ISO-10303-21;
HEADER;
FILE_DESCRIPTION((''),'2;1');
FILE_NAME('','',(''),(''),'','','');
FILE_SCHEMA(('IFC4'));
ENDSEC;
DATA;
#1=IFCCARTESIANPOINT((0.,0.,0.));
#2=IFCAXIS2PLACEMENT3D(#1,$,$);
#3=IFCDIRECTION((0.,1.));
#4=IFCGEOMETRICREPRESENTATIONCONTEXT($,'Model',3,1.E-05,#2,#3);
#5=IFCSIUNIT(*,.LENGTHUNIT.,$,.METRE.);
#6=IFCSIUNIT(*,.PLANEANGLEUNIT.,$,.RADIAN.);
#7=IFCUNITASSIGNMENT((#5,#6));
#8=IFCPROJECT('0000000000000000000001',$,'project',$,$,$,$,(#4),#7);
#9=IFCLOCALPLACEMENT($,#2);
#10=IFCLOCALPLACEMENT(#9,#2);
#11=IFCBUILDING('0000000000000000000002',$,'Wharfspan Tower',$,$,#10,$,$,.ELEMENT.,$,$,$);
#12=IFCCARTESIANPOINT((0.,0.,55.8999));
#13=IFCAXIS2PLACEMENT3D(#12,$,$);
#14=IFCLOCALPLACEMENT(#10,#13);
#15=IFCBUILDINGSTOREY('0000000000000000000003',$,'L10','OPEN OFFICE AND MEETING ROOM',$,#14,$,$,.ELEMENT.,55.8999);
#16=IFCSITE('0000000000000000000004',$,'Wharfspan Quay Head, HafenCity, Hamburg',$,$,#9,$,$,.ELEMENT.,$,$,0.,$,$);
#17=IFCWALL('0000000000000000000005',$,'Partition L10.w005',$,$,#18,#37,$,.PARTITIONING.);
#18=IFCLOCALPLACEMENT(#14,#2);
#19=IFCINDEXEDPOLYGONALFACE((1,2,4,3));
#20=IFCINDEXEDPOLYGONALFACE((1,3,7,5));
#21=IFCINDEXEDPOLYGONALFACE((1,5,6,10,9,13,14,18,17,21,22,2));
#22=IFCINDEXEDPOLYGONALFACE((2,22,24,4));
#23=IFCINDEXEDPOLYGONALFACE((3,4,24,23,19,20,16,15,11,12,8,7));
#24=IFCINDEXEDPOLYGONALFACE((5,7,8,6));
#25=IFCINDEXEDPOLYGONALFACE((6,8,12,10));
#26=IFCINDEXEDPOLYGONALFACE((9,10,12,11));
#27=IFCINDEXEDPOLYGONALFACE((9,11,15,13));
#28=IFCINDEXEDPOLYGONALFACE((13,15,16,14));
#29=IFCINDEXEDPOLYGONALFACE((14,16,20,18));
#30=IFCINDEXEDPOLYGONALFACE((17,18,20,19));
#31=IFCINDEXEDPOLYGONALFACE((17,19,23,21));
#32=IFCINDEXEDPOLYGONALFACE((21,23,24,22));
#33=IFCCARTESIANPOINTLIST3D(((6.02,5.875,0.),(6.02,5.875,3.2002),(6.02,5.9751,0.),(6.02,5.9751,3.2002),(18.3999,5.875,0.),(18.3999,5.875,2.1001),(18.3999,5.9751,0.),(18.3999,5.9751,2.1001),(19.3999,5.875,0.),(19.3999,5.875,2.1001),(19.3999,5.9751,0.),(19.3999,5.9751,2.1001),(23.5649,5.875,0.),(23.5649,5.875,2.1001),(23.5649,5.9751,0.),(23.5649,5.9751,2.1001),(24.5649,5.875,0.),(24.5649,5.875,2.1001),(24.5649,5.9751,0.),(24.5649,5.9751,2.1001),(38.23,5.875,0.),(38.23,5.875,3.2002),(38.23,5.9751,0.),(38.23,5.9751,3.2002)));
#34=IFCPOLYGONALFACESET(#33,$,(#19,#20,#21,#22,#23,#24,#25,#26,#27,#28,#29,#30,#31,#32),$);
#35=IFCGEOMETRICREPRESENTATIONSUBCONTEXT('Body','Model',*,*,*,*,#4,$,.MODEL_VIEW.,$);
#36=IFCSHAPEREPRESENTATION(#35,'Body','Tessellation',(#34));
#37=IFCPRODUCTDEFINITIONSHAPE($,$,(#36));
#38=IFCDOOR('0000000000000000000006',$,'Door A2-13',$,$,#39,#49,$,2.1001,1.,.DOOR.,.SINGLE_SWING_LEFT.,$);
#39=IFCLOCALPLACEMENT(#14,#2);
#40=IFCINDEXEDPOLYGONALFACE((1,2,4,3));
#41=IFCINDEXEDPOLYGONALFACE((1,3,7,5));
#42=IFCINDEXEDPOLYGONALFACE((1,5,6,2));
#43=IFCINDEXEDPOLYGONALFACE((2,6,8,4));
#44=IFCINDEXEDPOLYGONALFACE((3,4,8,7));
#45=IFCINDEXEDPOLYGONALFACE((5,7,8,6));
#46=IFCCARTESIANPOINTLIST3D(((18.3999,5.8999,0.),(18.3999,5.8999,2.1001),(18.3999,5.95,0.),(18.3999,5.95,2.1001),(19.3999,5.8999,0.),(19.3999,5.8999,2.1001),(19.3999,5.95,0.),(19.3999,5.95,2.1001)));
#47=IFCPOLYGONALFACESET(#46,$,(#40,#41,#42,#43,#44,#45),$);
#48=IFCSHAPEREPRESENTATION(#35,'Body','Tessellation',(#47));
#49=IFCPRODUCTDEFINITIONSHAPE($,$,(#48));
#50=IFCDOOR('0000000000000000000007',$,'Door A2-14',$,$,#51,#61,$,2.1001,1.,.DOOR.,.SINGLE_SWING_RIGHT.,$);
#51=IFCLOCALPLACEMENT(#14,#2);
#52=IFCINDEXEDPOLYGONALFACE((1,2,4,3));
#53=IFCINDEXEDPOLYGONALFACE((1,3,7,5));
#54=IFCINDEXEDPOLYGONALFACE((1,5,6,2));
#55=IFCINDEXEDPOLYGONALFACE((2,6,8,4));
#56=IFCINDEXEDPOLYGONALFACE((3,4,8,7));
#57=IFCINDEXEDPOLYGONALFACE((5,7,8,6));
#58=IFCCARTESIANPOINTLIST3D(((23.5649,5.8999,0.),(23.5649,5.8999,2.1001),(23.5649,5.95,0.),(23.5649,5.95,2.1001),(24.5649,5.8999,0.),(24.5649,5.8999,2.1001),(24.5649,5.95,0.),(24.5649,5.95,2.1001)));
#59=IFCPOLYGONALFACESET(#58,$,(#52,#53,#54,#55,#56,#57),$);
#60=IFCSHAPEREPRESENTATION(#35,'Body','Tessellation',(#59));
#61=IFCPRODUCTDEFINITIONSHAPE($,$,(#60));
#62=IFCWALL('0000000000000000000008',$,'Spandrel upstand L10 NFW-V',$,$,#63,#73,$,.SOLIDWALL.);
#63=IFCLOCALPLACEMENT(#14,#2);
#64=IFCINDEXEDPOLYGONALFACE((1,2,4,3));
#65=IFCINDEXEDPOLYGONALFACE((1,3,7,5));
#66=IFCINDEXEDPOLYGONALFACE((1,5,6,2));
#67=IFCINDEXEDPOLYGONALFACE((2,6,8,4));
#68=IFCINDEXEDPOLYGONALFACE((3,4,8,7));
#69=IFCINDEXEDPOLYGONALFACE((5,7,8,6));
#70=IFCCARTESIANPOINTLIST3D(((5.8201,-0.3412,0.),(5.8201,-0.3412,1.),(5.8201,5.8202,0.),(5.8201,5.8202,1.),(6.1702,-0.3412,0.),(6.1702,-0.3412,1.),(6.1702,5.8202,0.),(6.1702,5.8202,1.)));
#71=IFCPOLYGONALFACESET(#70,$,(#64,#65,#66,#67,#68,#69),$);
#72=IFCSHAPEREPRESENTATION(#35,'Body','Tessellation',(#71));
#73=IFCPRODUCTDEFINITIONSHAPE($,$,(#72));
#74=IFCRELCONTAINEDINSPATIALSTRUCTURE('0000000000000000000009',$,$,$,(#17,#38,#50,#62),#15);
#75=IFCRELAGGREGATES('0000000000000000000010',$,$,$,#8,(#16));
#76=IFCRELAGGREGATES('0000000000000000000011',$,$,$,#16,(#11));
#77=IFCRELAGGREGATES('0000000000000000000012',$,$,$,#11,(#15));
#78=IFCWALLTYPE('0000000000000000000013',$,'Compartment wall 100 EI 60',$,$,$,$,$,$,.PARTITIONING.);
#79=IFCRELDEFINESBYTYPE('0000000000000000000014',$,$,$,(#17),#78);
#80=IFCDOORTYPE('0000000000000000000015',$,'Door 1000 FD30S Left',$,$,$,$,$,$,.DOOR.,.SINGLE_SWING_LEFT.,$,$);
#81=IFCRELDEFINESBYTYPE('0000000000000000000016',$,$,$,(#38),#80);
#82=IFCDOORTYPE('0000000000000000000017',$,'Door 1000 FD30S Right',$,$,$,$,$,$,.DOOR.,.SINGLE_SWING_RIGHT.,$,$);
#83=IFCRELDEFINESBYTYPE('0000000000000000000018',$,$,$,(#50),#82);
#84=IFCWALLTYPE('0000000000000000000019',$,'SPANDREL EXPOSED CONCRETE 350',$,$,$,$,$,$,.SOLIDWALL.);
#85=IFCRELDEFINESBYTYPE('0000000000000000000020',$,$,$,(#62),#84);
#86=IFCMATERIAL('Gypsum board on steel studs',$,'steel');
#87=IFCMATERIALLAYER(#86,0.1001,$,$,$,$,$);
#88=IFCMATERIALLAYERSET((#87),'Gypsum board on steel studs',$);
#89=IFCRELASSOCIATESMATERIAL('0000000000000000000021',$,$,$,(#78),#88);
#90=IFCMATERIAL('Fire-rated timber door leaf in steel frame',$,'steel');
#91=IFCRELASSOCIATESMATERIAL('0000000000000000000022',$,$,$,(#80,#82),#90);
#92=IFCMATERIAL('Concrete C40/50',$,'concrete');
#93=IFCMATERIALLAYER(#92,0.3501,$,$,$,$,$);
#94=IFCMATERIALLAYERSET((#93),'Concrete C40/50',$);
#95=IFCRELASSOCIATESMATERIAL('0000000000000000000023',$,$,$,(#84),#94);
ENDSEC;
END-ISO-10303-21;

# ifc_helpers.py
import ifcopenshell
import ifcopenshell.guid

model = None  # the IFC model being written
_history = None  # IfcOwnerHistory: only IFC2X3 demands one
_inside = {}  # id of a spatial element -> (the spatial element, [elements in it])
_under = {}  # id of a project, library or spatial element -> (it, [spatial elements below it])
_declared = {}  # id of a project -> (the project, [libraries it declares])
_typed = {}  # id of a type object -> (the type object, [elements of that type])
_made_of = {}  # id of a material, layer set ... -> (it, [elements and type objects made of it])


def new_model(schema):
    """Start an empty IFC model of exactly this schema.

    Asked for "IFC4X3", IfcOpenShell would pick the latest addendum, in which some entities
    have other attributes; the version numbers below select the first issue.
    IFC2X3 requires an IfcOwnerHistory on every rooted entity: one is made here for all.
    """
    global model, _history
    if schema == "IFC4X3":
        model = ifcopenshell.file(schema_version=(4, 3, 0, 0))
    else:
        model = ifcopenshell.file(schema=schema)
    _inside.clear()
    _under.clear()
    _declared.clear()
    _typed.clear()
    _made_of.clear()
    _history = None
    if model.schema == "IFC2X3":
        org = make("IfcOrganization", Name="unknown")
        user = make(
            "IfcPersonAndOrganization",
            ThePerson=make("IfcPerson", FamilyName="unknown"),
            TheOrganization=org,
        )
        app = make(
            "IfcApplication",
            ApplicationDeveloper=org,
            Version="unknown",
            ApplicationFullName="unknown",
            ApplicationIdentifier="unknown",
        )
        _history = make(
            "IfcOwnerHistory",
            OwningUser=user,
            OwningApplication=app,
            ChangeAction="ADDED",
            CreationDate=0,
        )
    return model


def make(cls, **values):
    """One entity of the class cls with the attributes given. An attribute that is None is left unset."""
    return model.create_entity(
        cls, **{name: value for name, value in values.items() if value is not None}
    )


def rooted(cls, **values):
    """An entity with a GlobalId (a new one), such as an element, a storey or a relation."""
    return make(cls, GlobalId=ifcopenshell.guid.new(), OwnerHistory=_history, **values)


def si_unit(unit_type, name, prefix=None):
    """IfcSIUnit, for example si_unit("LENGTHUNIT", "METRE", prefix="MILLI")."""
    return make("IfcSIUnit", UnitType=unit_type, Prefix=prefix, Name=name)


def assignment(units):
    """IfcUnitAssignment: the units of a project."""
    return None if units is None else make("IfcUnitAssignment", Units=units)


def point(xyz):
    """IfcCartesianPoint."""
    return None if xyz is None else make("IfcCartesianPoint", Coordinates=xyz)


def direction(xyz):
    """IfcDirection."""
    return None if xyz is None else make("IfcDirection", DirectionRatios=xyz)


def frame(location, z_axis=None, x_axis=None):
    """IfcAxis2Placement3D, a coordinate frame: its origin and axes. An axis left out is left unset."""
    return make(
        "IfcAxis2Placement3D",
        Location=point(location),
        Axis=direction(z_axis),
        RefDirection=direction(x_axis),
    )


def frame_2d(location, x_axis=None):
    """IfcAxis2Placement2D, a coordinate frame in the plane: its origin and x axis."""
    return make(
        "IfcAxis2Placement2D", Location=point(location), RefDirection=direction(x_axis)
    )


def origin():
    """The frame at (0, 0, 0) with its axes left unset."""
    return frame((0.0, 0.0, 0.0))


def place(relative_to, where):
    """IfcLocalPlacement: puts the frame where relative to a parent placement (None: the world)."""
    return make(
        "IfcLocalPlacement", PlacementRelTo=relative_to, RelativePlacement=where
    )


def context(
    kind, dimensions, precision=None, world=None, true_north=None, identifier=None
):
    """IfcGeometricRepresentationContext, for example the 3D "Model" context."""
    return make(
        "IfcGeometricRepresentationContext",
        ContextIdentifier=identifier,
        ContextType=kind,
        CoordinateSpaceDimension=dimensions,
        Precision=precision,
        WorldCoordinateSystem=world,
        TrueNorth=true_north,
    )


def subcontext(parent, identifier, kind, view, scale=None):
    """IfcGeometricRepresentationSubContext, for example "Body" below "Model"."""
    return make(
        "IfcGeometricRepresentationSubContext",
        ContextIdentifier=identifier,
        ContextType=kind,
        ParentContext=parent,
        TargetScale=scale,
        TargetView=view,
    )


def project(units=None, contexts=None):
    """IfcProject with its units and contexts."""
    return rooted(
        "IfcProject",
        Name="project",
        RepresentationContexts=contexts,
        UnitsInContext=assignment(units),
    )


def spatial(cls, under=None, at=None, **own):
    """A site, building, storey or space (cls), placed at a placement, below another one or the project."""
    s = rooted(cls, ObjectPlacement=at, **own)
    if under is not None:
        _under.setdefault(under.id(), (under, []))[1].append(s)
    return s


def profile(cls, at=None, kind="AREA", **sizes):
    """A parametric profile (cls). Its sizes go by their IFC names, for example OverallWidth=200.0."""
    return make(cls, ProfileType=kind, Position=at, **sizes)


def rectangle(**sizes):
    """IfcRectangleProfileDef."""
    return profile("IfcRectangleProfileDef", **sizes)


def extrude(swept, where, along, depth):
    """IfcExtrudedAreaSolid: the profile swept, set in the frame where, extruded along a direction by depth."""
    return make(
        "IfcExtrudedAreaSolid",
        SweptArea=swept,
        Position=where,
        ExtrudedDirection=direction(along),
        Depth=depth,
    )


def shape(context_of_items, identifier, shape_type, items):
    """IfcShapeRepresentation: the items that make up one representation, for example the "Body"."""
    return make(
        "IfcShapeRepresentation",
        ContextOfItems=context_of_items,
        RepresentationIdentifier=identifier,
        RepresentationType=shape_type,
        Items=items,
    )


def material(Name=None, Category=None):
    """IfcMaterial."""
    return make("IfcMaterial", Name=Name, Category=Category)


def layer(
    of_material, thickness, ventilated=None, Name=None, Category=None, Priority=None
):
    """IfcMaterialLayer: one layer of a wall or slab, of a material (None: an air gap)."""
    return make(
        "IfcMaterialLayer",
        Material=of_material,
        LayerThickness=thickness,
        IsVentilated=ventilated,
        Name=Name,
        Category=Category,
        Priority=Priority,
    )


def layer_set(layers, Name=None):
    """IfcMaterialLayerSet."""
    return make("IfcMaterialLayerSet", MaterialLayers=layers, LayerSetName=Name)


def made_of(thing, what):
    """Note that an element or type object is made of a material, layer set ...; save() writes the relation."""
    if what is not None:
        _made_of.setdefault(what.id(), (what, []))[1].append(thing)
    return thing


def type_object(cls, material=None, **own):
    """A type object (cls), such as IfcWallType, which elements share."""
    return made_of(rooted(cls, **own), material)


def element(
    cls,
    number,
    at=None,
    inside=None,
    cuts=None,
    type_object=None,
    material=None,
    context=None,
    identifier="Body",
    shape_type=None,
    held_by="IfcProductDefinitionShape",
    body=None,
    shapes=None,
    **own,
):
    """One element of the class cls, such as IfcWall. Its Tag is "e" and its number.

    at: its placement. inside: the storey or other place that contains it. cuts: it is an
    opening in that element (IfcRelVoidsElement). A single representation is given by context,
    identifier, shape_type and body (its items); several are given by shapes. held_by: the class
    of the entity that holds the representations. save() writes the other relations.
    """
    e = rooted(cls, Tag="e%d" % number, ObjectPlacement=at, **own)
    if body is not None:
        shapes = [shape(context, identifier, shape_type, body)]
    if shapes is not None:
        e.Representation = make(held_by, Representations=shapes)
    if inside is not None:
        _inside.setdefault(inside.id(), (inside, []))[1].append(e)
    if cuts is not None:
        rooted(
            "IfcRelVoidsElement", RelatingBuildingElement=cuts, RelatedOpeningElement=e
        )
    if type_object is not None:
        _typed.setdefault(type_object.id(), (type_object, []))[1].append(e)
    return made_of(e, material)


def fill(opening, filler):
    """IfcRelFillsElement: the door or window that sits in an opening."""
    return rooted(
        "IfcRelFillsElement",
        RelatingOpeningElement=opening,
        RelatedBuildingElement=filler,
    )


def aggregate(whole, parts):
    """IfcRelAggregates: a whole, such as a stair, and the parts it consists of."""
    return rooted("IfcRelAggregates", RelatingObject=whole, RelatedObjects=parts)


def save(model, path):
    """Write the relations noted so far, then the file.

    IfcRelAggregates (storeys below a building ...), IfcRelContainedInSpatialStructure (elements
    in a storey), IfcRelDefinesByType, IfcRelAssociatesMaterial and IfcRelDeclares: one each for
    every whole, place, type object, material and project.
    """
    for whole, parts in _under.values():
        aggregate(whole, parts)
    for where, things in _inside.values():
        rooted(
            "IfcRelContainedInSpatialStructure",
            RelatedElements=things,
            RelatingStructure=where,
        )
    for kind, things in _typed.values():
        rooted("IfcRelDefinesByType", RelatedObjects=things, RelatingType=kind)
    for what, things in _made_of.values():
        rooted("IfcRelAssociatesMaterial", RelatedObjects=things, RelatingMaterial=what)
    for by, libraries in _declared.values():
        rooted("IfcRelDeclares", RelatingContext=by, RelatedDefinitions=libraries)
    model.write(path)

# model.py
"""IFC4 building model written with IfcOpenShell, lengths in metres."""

from ifc_helpers import new_model, si_unit, direction, frame, frame_2d, origin, place, context, subcontext, project, spatial, rectangle, extrude, material, layer, layer_set, type_object, element, fill, save


model = new_model("IFC4")

# Units and contexts
model_context = context("Model", 3, precision=1e-05, world=origin(), true_north=direction((0.0, 1.0)))
body_context = subcontext(model_context, "Body", "Model", "MODEL_VIEW")
ifc_project = project(units=[si_unit("LENGTHUNIT", "METRE"), si_unit("PLANEANGLEUNIT", "RADIAN")], contexts=[model_context])

# Site, building, storey
site_placement = place(None, origin())
site = spatial("IfcSite", under=ifc_project, at=site_placement, Name="Wharfspan Quay Head, HafenCity, Hamburg", CompositionType="ELEMENT", RefElevation=0.0)
building_placement = place(site_placement, origin())
building = spatial("IfcBuilding", under=site, at=building_placement, Name="Wharfspan Tower", CompositionType="ELEMENT")
storey_placement = place(building_placement, frame((0.0, 0.0, 55.8999)))
storey = spatial("IfcBuildingStorey", under=building, at=storey_placement, Name="L10", Description="OPEN OFFICE AND MEETING ROOM", CompositionType="ELEMENT", Elevation=55.8999)

# Shared definitions
ifc_material_1 = material(Name="Concrete C40/50", Category="concrete")

# Wall, openings, doors
ifc_material_2 = material(Name="Gypsum board on steel studs", Category="steel")
ifc_layer_1 = layer(ifc_material_2, 0.1001)
ifc_layer_set_1 = layer_set([ifc_layer_1], Name="Gypsum board on steel studs")
wall_type_1 = type_object("IfcWallType", Name="Compartment wall 100 EI 60", PredefinedType="PARTITIONING", material=ifc_layer_set_1)
ifc_material_3 = material(Name="Fire-rated timber door leaf in steel frame", Category="steel")
door_type_1 = type_object("IfcDoorType", Name="Door 1000 FD30S Left", OperationType="SINGLE_SWING_LEFT", PredefinedType="DOOR", material=ifc_material_3)
door_type_2 = type_object("IfcDoorType", Name="Door 1000 FD30S Right", OperationType="SINGLE_SWING_RIGHT", PredefinedType="DOOR", material=ifc_material_3)
wall_1_placement = place(storey_placement, frame((6.02, 5.925, 0.0), z_axis=(0.0, 0.0, 1.0), x_axis=(1.0, 0.0, 0.0)))
wall_1 = element("IfcWall", 1, at=wall_1_placement, inside=storey, type_object=wall_type_1, Name="Partition L10.w005", PredefinedType="PARTITIONING", context=body_context, shape_type="SweptSolid", body=[
    extrude(rectangle(XDim=32.21, YDim=0.1001, at=frame_2d((16.105, 0.0))), origin(), (0.0, 0.0, 1.0), 3.2002),
])
opening_1_placement = place(wall_1_placement, frame((12.3799, 0.0, 0.0)))
opening_1 = element("IfcOpeningElement", 2, at=opening_1_placement, cuts=wall_1, PredefinedType="OPENING", context=body_context, shape_type="SweptSolid", body=[
    extrude(rectangle(XDim=1.0, YDim=2.1001, at=frame_2d((0.5, 1.05))), frame((0.0, 0.0601, 0.0), z_axis=(0.0, -1.0, 0.0), x_axis=(1.0, 0.0, 0.0)), (0.0, 0.0, 1.0), 0.1201),
])
opening_2_placement = place(wall_1_placement, frame((17.5449, 0.0, 0.0)))
opening_2 = element("IfcOpeningElement", 3, at=opening_2_placement, cuts=wall_1, PredefinedType="OPENING", context=body_context, shape_type="SweptSolid", body=[
    extrude(rectangle(XDim=1.0, YDim=2.1001, at=frame_2d((0.5, 1.05))), frame((0.0, 0.0601, 0.0), z_axis=(0.0, -1.0, 0.0), x_axis=(1.0, 0.0, 0.0)), (0.0, 0.0, 1.0), 0.1201),
])
door_1_placement = place(opening_1_placement, origin())
door_1 = element("IfcDoor", 4, at=door_1_placement, inside=storey, type_object=door_type_1, Name="Door A2-13", OperationType="SINGLE_SWING_LEFT", OverallHeight=2.1001, OverallWidth=1.0, PredefinedType="DOOR", context=body_context, shape_type="SweptSolid", body=[
    extrude(rectangle(XDim=1.0, YDim=2.1001, at=frame_2d((0.5, 1.05))), frame((0.0, 0.0249, 0.0), z_axis=(0.0, -1.0, 0.0), x_axis=(1.0, 0.0, 0.0)), (0.0, 0.0, 1.0), 0.05),
])
fill(opening_1, door_1)
door_2_placement = place(opening_2_placement, origin())
door_2 = element("IfcDoor", 5, at=door_2_placement, inside=storey, type_object=door_type_2, Name="Door A2-14", OperationType="SINGLE_SWING_RIGHT", OverallHeight=2.1001, OverallWidth=1.0, PredefinedType="DOOR", context=body_context, shape_type="SweptSolid", body=[
    extrude(rectangle(XDim=1.0, YDim=2.1001, at=frame_2d((0.5, 1.05))), frame((0.0, 0.0249, 0.0), z_axis=(0.0, -1.0, 0.0), x_axis=(1.0, 0.0, 0.0)), (0.0, 0.0, 1.0), 0.05),
])
fill(opening_2, door_2)

# Wall
ifc_layer_2 = layer(ifc_material_1, 0.3501)
ifc_layer_set_2 = layer_set([ifc_layer_2], Name="Concrete C40/50")
wall_type_2 = type_object("IfcWallType", Name="SPANDREL EXPOSED CONCRETE 350", PredefinedType="SOLIDWALL", material=ifc_layer_set_2)
wall_2_placement = place(storey_placement, frame((5.9951, 5.8201, 0.0), z_axis=(0.0, 0.0, 1.0), x_axis=(0.0, -1.0, 0.0)))
element("IfcWall", 6, at=wall_2_placement, inside=storey, type_object=wall_type_2, Name="Spandrel upstand L10 NFW-V", PredefinedType="SOLIDWALL", context=body_context, shape_type="SweptSolid", body=[
    extrude(rectangle(XDim=6.1614, YDim=0.3501, at=frame_2d((3.0806, 0.0))), origin(), (0.0, 0.0, 1.0), 1.0),
])

save(model, "model.ifc")
